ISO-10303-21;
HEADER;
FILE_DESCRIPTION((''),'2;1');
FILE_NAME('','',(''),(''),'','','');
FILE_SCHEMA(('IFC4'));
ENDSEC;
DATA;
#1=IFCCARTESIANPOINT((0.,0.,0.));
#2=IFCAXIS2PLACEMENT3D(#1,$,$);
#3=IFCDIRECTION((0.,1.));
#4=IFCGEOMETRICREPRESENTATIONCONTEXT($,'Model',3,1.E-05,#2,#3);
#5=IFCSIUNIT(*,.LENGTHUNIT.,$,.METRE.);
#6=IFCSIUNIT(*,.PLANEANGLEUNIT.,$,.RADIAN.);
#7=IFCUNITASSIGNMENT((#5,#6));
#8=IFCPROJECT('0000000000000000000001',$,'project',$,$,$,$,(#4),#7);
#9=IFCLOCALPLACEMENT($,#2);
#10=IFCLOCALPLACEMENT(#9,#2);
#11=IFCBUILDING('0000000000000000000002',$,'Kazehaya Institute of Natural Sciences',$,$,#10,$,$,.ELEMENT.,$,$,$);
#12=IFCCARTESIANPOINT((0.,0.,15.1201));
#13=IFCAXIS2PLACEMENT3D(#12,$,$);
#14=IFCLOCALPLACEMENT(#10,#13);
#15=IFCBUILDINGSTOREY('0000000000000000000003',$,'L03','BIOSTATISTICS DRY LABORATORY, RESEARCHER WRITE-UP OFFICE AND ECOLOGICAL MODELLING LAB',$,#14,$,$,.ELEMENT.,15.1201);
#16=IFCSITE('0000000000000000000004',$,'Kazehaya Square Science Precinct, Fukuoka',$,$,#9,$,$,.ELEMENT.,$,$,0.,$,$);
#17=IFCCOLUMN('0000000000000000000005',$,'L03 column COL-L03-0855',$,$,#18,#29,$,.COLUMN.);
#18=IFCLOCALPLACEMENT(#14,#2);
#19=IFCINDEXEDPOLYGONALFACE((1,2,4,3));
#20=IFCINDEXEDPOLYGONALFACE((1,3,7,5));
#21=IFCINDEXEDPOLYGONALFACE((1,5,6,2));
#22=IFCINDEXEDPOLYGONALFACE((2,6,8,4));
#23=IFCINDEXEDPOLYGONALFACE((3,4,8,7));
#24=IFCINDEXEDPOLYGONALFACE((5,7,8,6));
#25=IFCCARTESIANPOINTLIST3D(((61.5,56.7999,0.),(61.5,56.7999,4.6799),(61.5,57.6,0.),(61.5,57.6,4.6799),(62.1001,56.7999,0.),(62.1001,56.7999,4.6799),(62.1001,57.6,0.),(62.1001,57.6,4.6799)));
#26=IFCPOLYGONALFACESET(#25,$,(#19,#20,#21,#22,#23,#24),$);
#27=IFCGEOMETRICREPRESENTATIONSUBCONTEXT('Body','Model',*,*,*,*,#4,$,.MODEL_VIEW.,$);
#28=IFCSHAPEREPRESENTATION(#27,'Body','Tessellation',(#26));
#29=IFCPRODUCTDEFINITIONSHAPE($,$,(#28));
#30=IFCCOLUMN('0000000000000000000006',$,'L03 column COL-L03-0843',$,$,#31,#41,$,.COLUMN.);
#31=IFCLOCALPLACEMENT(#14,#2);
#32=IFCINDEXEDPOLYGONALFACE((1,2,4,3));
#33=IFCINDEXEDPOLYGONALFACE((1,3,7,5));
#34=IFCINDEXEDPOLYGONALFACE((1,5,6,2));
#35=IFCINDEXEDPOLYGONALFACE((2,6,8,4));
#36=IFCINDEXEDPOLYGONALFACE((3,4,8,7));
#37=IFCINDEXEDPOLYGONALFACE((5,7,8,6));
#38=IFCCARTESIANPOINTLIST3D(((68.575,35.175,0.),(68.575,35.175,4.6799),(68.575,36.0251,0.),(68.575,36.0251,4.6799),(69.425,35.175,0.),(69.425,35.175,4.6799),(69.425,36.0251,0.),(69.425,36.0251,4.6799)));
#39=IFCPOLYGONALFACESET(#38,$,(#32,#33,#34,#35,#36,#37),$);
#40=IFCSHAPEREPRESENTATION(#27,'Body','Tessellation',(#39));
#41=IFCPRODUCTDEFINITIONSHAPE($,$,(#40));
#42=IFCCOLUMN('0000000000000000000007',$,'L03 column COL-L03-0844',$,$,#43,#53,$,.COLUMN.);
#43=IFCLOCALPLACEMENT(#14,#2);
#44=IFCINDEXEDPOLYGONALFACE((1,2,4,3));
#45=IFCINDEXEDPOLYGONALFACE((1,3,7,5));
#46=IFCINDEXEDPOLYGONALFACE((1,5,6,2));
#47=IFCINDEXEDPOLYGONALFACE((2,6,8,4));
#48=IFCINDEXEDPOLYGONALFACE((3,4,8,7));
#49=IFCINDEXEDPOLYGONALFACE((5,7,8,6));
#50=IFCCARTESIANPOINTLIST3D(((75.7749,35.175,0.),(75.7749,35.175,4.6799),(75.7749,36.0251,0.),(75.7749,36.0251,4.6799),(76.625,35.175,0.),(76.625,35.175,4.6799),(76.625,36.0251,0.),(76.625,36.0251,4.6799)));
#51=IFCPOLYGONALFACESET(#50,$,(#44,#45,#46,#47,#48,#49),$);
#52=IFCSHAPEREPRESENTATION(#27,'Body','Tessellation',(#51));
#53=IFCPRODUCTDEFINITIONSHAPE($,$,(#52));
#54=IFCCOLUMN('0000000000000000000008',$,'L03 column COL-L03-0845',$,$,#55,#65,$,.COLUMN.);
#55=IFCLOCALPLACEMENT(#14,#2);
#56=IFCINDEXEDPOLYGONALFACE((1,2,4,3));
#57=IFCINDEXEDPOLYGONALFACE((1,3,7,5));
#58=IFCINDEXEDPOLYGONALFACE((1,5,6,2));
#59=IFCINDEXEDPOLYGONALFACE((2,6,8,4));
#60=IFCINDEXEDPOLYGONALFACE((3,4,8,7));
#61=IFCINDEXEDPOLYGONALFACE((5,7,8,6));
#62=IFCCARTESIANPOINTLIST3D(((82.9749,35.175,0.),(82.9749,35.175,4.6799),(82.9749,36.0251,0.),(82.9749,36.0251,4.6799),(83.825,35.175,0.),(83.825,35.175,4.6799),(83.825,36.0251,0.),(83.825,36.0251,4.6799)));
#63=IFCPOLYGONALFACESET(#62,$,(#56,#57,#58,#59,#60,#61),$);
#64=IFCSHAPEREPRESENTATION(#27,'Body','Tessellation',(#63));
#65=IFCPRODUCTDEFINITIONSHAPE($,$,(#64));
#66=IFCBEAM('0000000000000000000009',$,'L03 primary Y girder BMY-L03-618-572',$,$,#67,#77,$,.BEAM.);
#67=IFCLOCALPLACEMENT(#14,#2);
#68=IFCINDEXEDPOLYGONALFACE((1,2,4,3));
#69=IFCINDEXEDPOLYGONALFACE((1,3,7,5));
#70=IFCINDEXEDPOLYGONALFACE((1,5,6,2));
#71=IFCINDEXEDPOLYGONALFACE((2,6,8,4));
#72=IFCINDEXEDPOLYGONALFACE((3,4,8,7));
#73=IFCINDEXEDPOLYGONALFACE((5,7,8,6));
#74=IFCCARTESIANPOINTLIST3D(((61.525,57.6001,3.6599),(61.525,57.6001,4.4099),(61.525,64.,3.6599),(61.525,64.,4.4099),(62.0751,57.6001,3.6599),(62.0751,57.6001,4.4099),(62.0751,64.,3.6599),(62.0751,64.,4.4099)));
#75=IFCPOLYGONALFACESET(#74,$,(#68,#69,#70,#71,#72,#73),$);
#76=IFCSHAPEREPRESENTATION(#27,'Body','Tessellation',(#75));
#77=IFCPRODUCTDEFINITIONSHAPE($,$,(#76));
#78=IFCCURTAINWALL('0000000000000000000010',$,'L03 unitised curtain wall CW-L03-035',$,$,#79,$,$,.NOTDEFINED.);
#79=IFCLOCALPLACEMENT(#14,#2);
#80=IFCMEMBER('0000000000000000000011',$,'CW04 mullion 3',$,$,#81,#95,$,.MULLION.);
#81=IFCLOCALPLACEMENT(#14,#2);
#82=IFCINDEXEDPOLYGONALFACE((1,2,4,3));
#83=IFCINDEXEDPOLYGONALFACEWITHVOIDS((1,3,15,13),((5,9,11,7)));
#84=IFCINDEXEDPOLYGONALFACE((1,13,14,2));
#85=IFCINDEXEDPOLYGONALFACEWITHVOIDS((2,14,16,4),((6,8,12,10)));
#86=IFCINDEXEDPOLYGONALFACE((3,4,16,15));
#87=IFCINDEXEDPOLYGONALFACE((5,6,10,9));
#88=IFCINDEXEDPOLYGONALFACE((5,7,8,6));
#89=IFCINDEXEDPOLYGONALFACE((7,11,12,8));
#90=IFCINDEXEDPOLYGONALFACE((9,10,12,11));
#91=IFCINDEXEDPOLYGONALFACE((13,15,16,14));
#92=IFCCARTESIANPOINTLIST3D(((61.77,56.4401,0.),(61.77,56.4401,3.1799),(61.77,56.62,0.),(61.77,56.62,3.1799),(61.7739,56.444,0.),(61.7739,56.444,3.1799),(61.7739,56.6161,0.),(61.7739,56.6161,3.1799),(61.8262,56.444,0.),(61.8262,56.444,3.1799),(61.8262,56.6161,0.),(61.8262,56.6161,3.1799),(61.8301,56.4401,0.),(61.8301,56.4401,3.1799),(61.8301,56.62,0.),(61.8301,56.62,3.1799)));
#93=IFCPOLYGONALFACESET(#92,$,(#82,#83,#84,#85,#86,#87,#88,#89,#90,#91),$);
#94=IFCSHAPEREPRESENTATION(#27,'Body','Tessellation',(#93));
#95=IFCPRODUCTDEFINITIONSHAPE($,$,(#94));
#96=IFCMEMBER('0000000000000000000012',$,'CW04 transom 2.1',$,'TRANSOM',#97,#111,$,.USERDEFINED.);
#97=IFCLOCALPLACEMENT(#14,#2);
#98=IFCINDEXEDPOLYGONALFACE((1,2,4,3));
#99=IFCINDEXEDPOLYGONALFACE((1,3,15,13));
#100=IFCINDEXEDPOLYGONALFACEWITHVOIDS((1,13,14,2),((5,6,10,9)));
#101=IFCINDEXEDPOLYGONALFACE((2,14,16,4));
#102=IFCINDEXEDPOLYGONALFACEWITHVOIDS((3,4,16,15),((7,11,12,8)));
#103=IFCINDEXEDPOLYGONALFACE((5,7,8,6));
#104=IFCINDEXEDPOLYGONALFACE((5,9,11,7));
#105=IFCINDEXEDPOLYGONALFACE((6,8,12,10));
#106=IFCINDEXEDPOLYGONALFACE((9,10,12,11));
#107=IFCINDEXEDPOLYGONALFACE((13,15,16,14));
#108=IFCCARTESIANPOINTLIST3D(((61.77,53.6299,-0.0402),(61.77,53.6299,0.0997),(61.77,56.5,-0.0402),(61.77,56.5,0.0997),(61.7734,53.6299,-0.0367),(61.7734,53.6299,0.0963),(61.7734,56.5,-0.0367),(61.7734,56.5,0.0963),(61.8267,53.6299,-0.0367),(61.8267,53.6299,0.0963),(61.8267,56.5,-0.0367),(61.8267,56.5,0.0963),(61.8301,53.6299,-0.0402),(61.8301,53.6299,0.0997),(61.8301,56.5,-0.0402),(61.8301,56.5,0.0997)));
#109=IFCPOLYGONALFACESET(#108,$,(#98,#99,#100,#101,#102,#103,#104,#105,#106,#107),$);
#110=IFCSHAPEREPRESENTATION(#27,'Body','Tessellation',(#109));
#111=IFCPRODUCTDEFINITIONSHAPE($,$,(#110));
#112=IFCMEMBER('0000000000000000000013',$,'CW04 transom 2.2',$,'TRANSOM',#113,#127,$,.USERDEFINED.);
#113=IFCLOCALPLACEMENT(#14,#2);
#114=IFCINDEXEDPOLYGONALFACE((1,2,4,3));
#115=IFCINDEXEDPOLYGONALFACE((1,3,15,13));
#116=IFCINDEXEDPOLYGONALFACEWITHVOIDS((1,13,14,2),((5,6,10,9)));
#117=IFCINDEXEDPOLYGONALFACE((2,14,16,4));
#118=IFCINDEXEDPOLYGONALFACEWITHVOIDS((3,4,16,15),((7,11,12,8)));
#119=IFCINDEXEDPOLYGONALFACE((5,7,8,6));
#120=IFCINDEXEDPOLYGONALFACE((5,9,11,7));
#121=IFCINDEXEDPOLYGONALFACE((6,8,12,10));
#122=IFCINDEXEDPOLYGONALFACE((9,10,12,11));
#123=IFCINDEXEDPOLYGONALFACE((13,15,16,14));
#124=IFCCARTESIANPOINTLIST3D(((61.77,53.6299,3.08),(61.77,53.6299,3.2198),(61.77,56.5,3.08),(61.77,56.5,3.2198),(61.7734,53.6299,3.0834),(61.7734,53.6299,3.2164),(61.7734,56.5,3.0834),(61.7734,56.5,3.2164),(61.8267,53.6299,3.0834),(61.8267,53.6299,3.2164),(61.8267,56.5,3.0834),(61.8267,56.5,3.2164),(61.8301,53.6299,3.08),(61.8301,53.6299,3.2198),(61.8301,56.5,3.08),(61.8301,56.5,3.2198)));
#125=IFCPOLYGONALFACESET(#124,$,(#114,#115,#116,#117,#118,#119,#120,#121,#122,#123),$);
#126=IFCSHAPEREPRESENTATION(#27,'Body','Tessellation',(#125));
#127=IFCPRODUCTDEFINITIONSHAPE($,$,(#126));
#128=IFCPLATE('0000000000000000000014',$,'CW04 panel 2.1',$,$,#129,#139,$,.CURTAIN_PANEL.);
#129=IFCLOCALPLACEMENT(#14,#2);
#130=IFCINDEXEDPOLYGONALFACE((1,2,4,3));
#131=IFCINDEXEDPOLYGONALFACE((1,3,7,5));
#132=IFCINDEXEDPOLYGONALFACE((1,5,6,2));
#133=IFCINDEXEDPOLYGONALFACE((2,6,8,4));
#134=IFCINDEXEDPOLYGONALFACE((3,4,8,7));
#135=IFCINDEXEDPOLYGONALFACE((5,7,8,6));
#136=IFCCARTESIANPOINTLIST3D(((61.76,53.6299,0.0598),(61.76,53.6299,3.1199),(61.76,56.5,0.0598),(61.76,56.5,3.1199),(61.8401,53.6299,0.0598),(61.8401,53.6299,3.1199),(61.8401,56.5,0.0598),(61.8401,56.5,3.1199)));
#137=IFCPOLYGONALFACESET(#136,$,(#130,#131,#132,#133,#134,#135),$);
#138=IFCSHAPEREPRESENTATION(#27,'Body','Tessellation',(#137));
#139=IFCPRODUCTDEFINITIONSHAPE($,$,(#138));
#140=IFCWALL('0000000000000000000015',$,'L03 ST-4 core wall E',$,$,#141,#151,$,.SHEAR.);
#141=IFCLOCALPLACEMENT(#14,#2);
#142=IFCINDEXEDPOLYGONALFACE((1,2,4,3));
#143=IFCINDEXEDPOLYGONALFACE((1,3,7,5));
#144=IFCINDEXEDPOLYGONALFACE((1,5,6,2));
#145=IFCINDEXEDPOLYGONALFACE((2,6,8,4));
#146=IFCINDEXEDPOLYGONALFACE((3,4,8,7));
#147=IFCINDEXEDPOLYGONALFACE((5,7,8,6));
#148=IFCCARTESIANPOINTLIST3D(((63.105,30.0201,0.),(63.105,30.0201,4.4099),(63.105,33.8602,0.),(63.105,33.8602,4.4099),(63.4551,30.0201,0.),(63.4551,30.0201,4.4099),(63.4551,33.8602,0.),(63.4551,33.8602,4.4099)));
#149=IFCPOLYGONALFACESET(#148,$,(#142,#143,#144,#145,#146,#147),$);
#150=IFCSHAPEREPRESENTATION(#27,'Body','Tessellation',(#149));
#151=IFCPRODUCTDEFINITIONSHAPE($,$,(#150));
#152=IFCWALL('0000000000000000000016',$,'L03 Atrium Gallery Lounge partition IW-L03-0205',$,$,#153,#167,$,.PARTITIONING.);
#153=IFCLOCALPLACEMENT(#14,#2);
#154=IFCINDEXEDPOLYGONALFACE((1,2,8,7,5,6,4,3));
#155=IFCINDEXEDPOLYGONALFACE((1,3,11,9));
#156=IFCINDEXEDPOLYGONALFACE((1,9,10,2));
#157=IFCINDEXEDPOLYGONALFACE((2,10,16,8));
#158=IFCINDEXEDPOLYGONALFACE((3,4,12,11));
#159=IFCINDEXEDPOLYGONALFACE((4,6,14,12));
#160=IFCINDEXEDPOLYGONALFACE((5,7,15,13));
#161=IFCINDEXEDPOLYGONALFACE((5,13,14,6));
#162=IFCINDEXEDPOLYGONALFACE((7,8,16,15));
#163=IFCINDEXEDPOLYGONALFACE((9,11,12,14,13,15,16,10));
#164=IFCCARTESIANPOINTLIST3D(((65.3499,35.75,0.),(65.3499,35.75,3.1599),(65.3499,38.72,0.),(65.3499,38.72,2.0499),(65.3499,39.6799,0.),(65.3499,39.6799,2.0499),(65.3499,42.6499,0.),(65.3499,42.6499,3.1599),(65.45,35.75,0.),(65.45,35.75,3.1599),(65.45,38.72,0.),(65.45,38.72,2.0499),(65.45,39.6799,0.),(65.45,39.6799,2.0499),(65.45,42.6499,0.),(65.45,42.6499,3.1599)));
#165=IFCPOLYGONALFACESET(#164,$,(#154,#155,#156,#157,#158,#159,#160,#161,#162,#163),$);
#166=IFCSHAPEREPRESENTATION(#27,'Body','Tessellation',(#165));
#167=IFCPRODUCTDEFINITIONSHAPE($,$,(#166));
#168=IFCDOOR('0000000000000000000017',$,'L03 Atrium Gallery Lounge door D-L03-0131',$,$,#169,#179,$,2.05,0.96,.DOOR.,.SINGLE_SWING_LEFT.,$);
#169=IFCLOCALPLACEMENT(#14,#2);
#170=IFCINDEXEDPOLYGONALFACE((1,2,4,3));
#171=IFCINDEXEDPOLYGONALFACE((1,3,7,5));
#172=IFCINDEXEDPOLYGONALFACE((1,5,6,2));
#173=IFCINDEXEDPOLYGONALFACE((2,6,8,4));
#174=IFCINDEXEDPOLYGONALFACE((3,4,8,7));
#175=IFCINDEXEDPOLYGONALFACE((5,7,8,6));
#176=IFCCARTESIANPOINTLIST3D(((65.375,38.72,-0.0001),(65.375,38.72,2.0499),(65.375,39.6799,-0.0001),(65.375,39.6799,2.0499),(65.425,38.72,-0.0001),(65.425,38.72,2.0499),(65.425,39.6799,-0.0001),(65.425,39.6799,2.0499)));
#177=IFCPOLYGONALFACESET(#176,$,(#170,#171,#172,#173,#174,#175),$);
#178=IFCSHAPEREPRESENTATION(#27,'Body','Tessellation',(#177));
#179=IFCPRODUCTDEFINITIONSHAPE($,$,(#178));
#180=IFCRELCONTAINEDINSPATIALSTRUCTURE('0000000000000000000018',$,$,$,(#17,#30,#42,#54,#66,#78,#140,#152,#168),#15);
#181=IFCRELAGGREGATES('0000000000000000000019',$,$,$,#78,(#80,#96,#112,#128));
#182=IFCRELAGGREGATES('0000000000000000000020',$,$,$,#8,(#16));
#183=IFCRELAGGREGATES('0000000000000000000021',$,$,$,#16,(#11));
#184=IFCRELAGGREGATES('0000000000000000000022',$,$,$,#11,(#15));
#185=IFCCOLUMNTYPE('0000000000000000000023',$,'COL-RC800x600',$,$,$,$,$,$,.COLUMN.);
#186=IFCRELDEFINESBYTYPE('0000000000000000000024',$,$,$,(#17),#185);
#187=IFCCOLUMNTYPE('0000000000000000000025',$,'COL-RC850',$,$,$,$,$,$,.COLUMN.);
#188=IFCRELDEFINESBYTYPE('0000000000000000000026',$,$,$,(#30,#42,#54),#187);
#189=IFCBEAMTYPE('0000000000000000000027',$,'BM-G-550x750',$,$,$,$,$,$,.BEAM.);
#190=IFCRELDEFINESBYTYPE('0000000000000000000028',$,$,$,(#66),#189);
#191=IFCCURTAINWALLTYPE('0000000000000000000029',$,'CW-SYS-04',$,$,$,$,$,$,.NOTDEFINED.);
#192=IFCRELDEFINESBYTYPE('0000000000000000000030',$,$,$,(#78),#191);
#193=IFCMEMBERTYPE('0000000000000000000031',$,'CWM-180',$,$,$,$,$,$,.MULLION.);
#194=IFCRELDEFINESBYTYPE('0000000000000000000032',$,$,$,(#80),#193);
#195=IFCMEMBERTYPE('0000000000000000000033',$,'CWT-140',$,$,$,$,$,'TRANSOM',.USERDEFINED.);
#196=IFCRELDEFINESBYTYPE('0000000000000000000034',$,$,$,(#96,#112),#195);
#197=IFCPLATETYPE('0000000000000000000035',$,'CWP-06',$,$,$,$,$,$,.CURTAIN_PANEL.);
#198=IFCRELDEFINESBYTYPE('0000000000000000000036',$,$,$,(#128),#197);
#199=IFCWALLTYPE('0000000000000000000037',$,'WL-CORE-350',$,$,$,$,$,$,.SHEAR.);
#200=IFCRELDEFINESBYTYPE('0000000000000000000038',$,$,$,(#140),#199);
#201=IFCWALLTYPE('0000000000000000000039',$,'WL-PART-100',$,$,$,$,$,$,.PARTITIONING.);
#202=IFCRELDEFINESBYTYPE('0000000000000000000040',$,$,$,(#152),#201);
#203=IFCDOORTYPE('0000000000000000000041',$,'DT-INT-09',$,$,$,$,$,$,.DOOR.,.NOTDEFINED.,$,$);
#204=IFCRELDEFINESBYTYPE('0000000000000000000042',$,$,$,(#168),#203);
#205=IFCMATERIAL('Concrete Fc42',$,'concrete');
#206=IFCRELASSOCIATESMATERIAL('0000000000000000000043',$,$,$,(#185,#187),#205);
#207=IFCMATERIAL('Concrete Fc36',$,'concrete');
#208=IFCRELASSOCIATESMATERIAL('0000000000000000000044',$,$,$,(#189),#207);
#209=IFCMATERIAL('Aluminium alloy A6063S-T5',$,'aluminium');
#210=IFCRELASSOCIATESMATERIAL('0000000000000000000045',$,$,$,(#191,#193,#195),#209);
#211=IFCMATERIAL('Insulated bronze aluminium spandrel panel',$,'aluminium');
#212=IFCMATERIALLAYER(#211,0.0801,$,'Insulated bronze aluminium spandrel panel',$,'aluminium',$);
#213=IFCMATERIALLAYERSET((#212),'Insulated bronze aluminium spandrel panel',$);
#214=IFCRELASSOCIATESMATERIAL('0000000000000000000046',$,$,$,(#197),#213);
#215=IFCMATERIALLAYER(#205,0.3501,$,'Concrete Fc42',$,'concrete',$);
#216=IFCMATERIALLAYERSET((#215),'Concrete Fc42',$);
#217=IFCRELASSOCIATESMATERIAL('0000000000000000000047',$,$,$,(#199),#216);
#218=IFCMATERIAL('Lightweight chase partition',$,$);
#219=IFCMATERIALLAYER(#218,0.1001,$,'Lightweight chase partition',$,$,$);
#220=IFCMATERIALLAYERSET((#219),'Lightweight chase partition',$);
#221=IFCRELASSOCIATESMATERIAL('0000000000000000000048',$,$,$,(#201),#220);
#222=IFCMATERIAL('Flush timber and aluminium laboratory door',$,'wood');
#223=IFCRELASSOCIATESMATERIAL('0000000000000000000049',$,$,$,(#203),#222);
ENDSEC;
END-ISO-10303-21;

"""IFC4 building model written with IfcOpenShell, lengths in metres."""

from ifc_helpers import new_model, si_unit, direction, frame, frame_2d, origin, origin_2d, place, context, subcontext, project, spatial, rectangle, hollow_rectangle, extrude, material, layer, layer_set, material_profile, profile_set, type_object, element, fill, aggregate, save


model = new_model("IFC4")

# Units and contexts
model_context = context("Model", 3, precision=1e-05, world=origin(), true_north=direction((0.0, 1.0)))
body_context = subcontext(model_context, "Body", "Model", "MODEL_VIEW")
ifc_project = project(units=[si_unit("LENGTHUNIT", "METRE"), si_unit("PLANEANGLEUNIT", "RADIAN")], contexts=[model_context])

# Site, building, storey
site_placement = place(None, origin())
site = spatial("IfcSite", under=ifc_project, at=site_placement, Name="Kazehaya Square Science Precinct, Fukuoka", CompositionType="ELEMENT", RefElevation=0.0)
building_placement = place(site_placement, origin())
building = spatial("IfcBuilding", under=site, at=building_placement, Name="Kazehaya Institute of Natural Sciences", CompositionType="ELEMENT")
storey_placement = place(building_placement, frame((0.0, 0.0, 15.1201)))
storey = spatial("IfcBuildingStorey", under=building, at=storey_placement, Name="L03", Description="BIOSTATISTICS DRY LABORATORY, RESEARCHER WRITE-UP OFFICE AND ECOLOGICAL MODELLING LAB", CompositionType="ELEMENT", Elevation=15.1201)

# Columns
ifc_material_1 = material(Name="Concrete Fc42", Category="concrete")
ifc_material_profile_1 = material_profile(ifc_material_1, rectangle(XDim=0.6001, YDim=0.8, at=origin_2d()), Name="RC-800x600")
ifc_profile_set_1 = profile_set([ifc_material_profile_1], Name="Concrete Fc42")
column_type_1 = type_object("IfcColumnType", Name="COL-RC800x600", PredefinedType="COLUMN", material=ifc_profile_set_1)
column_placement = place(storey_placement, frame((61.8, 57.2, 0.0), z_axis=(0.0, 0.0, 1.0), x_axis=(1.0, 0.0, 0.0)))
element("IfcColumn", 1, at=column_placement, inside=storey, type_object=column_type_1, Name="L03 column COL-L03-0855", PredefinedType="COLUMN", context=body_context, shape_type="SweptSolid", body=[
    extrude(rectangle(XDim=0.6001, YDim=0.8, at=origin_2d()), origin(), (0.0, 0.0, 1.0), 4.6799),
])
ifc_material_profile_2 = material_profile(ifc_material_1, rectangle(XDim=0.8501, YDim=0.8501, at=origin_2d()), Name="RC-850x850")
ifc_profile_set_2 = profile_set([ifc_material_profile_2], Name="Concrete Fc42")
column_type_2 = type_object("IfcColumnType", Name="COL-RC850", PredefinedType="COLUMN", material=ifc_profile_set_2)
for number, where, z_axis, x_axis, name in (
    (2, (69.0, 35.6001, 0.0), (0.0, 0.0, 1.0), (1.0, 0.0, 0.0), "L03 column COL-L03-0843"),
    (3, (76.2, 35.6001, 0.0), (0.0, 0.0, 1.0), (1.0, 0.0, 0.0), "L03 column COL-L03-0844"),
    (4, (83.3999, 35.6001, 0.0), (0.0, 0.0, 1.0), (1.0, 0.0, 0.0), "L03 column COL-L03-0845"),
):
    element("IfcColumn", number, at=place(storey_placement, frame(where, z_axis=z_axis, x_axis=x_axis)), inside=storey, type_object=column_type_2, Name=name, PredefinedType="COLUMN", context=body_context, shape_type="SweptSolid", body=[
        extrude(rectangle(XDim=0.8501, YDim=0.8501, at=origin_2d()), origin(), (0.0, 0.0, 1.0), 4.6799),
    ])

# Beam
ifc_material_2 = material(Name="Concrete Fc36", Category="concrete")
ifc_material_profile_3 = material_profile(ifc_material_2, rectangle(XDim=0.55, YDim=0.75, at=origin_2d()), Name="RC-550x750")
ifc_profile_set_3 = profile_set([ifc_material_profile_3], Name="Concrete Fc36")
beam_type = type_object("IfcBeamType", Name="BM-G-550x750", PredefinedType="BEAM", material=ifc_profile_set_3)
beam_placement = place(storey_placement, frame((61.8, 57.6001, 4.0349), z_axis=(0.0, 1.0, 0.0), x_axis=(-1.0, 0.0, 0.0)))
element("IfcBeam", 5, at=beam_placement, inside=storey, type_object=beam_type, Name="L03 primary Y girder BMY-L03-618-572", PredefinedType="BEAM", context=body_context, shape_type="SweptSolid", body=[
    extrude(rectangle(XDim=0.55, YDim=0.75, at=origin_2d()), origin(), (0.0, 0.0, 1.0), 6.3999),
])

# Curtain wall, members, plate
ifc_material_3 = material(Name="Aluminium alloy A6063S-T5", Category="aluminium")
curtain_wall_type = type_object("IfcCurtainWallType", Name="CW-SYS-04", PredefinedType="NOTDEFINED", material=ifc_material_3)
curtain_wall_placement = place(storey_placement, origin())
curtain_wall = element("IfcCurtainWall", 6, at=curtain_wall_placement, inside=storey, type_object=curtain_wall_type, Name="L03 unitised curtain wall CW-L03-035", PredefinedType="NOTDEFINED")
ifc_material_profile_4 = material_profile(ifc_material_3, hollow_rectangle(XDim=0.0601, YDim=0.1799, WallThickness=0.0039, at=origin_2d()), Name="ALU-60x180x4")
ifc_profile_set_4 = profile_set([ifc_material_profile_4], Name="Aluminium alloy A6063S-T5")
member_type_1 = type_object("IfcMemberType", Name="CWM-180", PredefinedType="MULLION", material=ifc_profile_set_4)
member_1_placement = place(storey_placement, frame((61.8, 56.53, 0.0), z_axis=(0.0, 0.0, 1.0), x_axis=(-1.0, 0.0, 0.0)))
member_1 = element("IfcMember", 7, at=member_1_placement, type_object=member_type_1, Name="CW04 mullion 3", PredefinedType="MULLION", context=body_context, shape_type="SweptSolid", body=[
    extrude(hollow_rectangle(XDim=0.0601, YDim=0.1799, WallThickness=0.0039, at=origin_2d()), origin(), (0.0, 0.0, 1.0), 3.1799),
])
ifc_material_profile_5 = material_profile(ifc_material_3, hollow_rectangle(XDim=0.0601, YDim=0.1399, WallThickness=0.0034, at=origin_2d()), Name="ALU-60x140x3.5")
ifc_profile_set_5 = profile_set([ifc_material_profile_5], Name="Aluminium alloy A6063S-T5")
member_type_2 = type_object("IfcMemberType", Name="CWT-140", ElementType="TRANSOM", PredefinedType="USERDEFINED", material=ifc_profile_set_5)
member_2_placement = place(storey_placement, frame((61.8, 53.6299, 0.0298), z_axis=(0.0, 1.0, 0.0), x_axis=(-1.0, 0.0, 0.0)))
member_2 = element("IfcMember", 8, at=member_2_placement, type_object=member_type_2, Name="CW04 transom 2.1", ObjectType="TRANSOM", PredefinedType="USERDEFINED", context=body_context, shape_type="SweptSolid", body=[
    extrude(hollow_rectangle(XDim=0.0601, YDim=0.1399, WallThickness=0.0034, at=origin_2d()), origin(), (0.0, 0.0, 1.0), 2.8701),
])
member_3_placement = place(storey_placement, frame((61.8, 53.6299, 3.1499), z_axis=(0.0, 1.0, 0.0), x_axis=(-1.0, 0.0, 0.0)))
member_3 = element("IfcMember", 9, at=member_3_placement, type_object=member_type_2, Name="CW04 transom 2.2", ObjectType="TRANSOM", PredefinedType="USERDEFINED", context=body_context, shape_type="SweptSolid", body=[
    extrude(hollow_rectangle(XDim=0.0601, YDim=0.1399, WallThickness=0.0034, at=origin_2d()), origin(), (0.0, 0.0, 1.0), 2.8701),
])
ifc_material_4 = material(Name="Insulated bronze aluminium spandrel panel", Category="aluminium")
ifc_layer_1 = layer(ifc_material_4, 0.0801, Name="Insulated bronze aluminium spandrel panel", Category="aluminium")
ifc_layer_set_1 = layer_set([ifc_layer_1], Name="Insulated bronze aluminium spandrel panel")
plate_type = type_object("IfcPlateType", Name="CWP-06", PredefinedType="CURTAIN_PANEL", material=ifc_layer_set_1)
plate_placement = place(storey_placement, frame((61.8, 55.0649, 0.0598), z_axis=(0.0, 0.0, 1.0), x_axis=(0.0, 1.0, 0.0)))
plate = element("IfcPlate", 10, at=plate_placement, type_object=plate_type, Name="CW04 panel 2.1", PredefinedType="CURTAIN_PANEL", context=body_context, shape_type="SweptSolid", body=[
    extrude(rectangle(XDim=2.8701, YDim=0.0801, at=origin_2d()), origin(), (0.0, 0.0, 1.0), 3.0601),
])
aggregate(curtain_wall, [member_1, member_2, member_3, plate])

# Wall
ifc_layer_2 = layer(ifc_material_1, 0.3501, Name="Concrete Fc42", Category="concrete")
ifc_layer_set_2 = layer_set([ifc_layer_2], Name="Concrete Fc42")
wall_type_1 = type_object("IfcWallType", Name="WL-CORE-350", PredefinedType="SHEAR", material=ifc_layer_set_2)
wall_1_placement = place(storey_placement, frame((63.28, 33.8601, 0.0), z_axis=(0.0, 0.0, 1.0), x_axis=(0.0, -1.0, 0.0)))
element("IfcWall", 11, at=wall_1_placement, inside=storey, type_object=wall_type_1, Name="L03 ST-4 core wall E", PredefinedType="SHEAR", context=body_context, shape_type="SweptSolid", body=[
    extrude(rectangle(XDim=3.8401, YDim=0.3501, at=frame_2d((1.9199, 0.0))), origin(), (0.0, 0.0, 1.0), 4.4099),
])

# Wall, opening, door
ifc_material_5 = material(Name="Lightweight chase partition")
ifc_layer_3 = layer(ifc_material_5, 0.1001, Name="Lightweight chase partition")
ifc_layer_set_3 = layer_set([ifc_layer_3], Name="Lightweight chase partition")
wall_type_2 = type_object("IfcWallType", Name="WL-PART-100", PredefinedType="PARTITIONING", material=ifc_layer_set_3)
wall_2_placement = place(storey_placement, frame((65.3999, 35.75, 0.0), z_axis=(0.0, 0.0, 1.0), x_axis=(0.0, 1.0, 0.0)))
wall_2 = element("IfcWall", 12, at=wall_2_placement, inside=storey, type_object=wall_type_2, Name="L03 Atrium Gallery Lounge partition IW-L03-0205", PredefinedType="PARTITIONING", context=body_context, shape_type="SweptSolid", body=[
    extrude(rectangle(XDim=6.8999, YDim=0.1001, at=frame_2d((3.45, 0.0))), origin(), (0.0, 0.0, 1.0), 3.1599),
])
opening_1_placement = place(wall_2_placement, frame((2.97, 0.0, 0.0)))
opening_1 = element("IfcOpeningElement", 13, at=opening_1_placement, cuts=wall_2, PredefinedType="OPENING", context=body_context, shape_type="SweptSolid", body=[
    extrude(rectangle(XDim=0.96, YDim=2.05, at=frame_2d((0.48, 1.0249))), frame((0.0, 0.0601, 0.0), z_axis=(0.0, -1.0, 0.0), x_axis=(1.0, 0.0, 0.0)), (0.0, 0.0, 1.0), 0.1201),
])
ifc_material_6 = material(Name="Flush timber and aluminium laboratory door", Category="wood")
door_type_1 = type_object("IfcDoorType", Name="DT-INT-09", OperationType="NOTDEFINED", PredefinedType="DOOR", material=ifc_material_6)
door_1_placement = place(opening_1_placement, origin())
door_1 = element("IfcDoor", 14, at=door_1_placement, inside=storey, type_object=door_type_1, Name="L03 Atrium Gallery Lounge door D-L03-0131", OperationType="SINGLE_SWING_LEFT", OverallHeight=2.05, OverallWidth=0.96, PredefinedType="DOOR", context=body_context, shape_type="SweptSolid", body=[
    extrude(rectangle(XDim=0.96, YDim=2.05, at=frame_2d((0.48, 1.0249))), frame((0.0, 0.0249, 0.0), z_axis=(0.0, -1.0, 0.0), x_axis=(1.0, 0.0, 0.0)), (0.0, 0.0, 1.0), 0.05),
])
fill(opening_1, door_1)

save(model, "model.ifc")
